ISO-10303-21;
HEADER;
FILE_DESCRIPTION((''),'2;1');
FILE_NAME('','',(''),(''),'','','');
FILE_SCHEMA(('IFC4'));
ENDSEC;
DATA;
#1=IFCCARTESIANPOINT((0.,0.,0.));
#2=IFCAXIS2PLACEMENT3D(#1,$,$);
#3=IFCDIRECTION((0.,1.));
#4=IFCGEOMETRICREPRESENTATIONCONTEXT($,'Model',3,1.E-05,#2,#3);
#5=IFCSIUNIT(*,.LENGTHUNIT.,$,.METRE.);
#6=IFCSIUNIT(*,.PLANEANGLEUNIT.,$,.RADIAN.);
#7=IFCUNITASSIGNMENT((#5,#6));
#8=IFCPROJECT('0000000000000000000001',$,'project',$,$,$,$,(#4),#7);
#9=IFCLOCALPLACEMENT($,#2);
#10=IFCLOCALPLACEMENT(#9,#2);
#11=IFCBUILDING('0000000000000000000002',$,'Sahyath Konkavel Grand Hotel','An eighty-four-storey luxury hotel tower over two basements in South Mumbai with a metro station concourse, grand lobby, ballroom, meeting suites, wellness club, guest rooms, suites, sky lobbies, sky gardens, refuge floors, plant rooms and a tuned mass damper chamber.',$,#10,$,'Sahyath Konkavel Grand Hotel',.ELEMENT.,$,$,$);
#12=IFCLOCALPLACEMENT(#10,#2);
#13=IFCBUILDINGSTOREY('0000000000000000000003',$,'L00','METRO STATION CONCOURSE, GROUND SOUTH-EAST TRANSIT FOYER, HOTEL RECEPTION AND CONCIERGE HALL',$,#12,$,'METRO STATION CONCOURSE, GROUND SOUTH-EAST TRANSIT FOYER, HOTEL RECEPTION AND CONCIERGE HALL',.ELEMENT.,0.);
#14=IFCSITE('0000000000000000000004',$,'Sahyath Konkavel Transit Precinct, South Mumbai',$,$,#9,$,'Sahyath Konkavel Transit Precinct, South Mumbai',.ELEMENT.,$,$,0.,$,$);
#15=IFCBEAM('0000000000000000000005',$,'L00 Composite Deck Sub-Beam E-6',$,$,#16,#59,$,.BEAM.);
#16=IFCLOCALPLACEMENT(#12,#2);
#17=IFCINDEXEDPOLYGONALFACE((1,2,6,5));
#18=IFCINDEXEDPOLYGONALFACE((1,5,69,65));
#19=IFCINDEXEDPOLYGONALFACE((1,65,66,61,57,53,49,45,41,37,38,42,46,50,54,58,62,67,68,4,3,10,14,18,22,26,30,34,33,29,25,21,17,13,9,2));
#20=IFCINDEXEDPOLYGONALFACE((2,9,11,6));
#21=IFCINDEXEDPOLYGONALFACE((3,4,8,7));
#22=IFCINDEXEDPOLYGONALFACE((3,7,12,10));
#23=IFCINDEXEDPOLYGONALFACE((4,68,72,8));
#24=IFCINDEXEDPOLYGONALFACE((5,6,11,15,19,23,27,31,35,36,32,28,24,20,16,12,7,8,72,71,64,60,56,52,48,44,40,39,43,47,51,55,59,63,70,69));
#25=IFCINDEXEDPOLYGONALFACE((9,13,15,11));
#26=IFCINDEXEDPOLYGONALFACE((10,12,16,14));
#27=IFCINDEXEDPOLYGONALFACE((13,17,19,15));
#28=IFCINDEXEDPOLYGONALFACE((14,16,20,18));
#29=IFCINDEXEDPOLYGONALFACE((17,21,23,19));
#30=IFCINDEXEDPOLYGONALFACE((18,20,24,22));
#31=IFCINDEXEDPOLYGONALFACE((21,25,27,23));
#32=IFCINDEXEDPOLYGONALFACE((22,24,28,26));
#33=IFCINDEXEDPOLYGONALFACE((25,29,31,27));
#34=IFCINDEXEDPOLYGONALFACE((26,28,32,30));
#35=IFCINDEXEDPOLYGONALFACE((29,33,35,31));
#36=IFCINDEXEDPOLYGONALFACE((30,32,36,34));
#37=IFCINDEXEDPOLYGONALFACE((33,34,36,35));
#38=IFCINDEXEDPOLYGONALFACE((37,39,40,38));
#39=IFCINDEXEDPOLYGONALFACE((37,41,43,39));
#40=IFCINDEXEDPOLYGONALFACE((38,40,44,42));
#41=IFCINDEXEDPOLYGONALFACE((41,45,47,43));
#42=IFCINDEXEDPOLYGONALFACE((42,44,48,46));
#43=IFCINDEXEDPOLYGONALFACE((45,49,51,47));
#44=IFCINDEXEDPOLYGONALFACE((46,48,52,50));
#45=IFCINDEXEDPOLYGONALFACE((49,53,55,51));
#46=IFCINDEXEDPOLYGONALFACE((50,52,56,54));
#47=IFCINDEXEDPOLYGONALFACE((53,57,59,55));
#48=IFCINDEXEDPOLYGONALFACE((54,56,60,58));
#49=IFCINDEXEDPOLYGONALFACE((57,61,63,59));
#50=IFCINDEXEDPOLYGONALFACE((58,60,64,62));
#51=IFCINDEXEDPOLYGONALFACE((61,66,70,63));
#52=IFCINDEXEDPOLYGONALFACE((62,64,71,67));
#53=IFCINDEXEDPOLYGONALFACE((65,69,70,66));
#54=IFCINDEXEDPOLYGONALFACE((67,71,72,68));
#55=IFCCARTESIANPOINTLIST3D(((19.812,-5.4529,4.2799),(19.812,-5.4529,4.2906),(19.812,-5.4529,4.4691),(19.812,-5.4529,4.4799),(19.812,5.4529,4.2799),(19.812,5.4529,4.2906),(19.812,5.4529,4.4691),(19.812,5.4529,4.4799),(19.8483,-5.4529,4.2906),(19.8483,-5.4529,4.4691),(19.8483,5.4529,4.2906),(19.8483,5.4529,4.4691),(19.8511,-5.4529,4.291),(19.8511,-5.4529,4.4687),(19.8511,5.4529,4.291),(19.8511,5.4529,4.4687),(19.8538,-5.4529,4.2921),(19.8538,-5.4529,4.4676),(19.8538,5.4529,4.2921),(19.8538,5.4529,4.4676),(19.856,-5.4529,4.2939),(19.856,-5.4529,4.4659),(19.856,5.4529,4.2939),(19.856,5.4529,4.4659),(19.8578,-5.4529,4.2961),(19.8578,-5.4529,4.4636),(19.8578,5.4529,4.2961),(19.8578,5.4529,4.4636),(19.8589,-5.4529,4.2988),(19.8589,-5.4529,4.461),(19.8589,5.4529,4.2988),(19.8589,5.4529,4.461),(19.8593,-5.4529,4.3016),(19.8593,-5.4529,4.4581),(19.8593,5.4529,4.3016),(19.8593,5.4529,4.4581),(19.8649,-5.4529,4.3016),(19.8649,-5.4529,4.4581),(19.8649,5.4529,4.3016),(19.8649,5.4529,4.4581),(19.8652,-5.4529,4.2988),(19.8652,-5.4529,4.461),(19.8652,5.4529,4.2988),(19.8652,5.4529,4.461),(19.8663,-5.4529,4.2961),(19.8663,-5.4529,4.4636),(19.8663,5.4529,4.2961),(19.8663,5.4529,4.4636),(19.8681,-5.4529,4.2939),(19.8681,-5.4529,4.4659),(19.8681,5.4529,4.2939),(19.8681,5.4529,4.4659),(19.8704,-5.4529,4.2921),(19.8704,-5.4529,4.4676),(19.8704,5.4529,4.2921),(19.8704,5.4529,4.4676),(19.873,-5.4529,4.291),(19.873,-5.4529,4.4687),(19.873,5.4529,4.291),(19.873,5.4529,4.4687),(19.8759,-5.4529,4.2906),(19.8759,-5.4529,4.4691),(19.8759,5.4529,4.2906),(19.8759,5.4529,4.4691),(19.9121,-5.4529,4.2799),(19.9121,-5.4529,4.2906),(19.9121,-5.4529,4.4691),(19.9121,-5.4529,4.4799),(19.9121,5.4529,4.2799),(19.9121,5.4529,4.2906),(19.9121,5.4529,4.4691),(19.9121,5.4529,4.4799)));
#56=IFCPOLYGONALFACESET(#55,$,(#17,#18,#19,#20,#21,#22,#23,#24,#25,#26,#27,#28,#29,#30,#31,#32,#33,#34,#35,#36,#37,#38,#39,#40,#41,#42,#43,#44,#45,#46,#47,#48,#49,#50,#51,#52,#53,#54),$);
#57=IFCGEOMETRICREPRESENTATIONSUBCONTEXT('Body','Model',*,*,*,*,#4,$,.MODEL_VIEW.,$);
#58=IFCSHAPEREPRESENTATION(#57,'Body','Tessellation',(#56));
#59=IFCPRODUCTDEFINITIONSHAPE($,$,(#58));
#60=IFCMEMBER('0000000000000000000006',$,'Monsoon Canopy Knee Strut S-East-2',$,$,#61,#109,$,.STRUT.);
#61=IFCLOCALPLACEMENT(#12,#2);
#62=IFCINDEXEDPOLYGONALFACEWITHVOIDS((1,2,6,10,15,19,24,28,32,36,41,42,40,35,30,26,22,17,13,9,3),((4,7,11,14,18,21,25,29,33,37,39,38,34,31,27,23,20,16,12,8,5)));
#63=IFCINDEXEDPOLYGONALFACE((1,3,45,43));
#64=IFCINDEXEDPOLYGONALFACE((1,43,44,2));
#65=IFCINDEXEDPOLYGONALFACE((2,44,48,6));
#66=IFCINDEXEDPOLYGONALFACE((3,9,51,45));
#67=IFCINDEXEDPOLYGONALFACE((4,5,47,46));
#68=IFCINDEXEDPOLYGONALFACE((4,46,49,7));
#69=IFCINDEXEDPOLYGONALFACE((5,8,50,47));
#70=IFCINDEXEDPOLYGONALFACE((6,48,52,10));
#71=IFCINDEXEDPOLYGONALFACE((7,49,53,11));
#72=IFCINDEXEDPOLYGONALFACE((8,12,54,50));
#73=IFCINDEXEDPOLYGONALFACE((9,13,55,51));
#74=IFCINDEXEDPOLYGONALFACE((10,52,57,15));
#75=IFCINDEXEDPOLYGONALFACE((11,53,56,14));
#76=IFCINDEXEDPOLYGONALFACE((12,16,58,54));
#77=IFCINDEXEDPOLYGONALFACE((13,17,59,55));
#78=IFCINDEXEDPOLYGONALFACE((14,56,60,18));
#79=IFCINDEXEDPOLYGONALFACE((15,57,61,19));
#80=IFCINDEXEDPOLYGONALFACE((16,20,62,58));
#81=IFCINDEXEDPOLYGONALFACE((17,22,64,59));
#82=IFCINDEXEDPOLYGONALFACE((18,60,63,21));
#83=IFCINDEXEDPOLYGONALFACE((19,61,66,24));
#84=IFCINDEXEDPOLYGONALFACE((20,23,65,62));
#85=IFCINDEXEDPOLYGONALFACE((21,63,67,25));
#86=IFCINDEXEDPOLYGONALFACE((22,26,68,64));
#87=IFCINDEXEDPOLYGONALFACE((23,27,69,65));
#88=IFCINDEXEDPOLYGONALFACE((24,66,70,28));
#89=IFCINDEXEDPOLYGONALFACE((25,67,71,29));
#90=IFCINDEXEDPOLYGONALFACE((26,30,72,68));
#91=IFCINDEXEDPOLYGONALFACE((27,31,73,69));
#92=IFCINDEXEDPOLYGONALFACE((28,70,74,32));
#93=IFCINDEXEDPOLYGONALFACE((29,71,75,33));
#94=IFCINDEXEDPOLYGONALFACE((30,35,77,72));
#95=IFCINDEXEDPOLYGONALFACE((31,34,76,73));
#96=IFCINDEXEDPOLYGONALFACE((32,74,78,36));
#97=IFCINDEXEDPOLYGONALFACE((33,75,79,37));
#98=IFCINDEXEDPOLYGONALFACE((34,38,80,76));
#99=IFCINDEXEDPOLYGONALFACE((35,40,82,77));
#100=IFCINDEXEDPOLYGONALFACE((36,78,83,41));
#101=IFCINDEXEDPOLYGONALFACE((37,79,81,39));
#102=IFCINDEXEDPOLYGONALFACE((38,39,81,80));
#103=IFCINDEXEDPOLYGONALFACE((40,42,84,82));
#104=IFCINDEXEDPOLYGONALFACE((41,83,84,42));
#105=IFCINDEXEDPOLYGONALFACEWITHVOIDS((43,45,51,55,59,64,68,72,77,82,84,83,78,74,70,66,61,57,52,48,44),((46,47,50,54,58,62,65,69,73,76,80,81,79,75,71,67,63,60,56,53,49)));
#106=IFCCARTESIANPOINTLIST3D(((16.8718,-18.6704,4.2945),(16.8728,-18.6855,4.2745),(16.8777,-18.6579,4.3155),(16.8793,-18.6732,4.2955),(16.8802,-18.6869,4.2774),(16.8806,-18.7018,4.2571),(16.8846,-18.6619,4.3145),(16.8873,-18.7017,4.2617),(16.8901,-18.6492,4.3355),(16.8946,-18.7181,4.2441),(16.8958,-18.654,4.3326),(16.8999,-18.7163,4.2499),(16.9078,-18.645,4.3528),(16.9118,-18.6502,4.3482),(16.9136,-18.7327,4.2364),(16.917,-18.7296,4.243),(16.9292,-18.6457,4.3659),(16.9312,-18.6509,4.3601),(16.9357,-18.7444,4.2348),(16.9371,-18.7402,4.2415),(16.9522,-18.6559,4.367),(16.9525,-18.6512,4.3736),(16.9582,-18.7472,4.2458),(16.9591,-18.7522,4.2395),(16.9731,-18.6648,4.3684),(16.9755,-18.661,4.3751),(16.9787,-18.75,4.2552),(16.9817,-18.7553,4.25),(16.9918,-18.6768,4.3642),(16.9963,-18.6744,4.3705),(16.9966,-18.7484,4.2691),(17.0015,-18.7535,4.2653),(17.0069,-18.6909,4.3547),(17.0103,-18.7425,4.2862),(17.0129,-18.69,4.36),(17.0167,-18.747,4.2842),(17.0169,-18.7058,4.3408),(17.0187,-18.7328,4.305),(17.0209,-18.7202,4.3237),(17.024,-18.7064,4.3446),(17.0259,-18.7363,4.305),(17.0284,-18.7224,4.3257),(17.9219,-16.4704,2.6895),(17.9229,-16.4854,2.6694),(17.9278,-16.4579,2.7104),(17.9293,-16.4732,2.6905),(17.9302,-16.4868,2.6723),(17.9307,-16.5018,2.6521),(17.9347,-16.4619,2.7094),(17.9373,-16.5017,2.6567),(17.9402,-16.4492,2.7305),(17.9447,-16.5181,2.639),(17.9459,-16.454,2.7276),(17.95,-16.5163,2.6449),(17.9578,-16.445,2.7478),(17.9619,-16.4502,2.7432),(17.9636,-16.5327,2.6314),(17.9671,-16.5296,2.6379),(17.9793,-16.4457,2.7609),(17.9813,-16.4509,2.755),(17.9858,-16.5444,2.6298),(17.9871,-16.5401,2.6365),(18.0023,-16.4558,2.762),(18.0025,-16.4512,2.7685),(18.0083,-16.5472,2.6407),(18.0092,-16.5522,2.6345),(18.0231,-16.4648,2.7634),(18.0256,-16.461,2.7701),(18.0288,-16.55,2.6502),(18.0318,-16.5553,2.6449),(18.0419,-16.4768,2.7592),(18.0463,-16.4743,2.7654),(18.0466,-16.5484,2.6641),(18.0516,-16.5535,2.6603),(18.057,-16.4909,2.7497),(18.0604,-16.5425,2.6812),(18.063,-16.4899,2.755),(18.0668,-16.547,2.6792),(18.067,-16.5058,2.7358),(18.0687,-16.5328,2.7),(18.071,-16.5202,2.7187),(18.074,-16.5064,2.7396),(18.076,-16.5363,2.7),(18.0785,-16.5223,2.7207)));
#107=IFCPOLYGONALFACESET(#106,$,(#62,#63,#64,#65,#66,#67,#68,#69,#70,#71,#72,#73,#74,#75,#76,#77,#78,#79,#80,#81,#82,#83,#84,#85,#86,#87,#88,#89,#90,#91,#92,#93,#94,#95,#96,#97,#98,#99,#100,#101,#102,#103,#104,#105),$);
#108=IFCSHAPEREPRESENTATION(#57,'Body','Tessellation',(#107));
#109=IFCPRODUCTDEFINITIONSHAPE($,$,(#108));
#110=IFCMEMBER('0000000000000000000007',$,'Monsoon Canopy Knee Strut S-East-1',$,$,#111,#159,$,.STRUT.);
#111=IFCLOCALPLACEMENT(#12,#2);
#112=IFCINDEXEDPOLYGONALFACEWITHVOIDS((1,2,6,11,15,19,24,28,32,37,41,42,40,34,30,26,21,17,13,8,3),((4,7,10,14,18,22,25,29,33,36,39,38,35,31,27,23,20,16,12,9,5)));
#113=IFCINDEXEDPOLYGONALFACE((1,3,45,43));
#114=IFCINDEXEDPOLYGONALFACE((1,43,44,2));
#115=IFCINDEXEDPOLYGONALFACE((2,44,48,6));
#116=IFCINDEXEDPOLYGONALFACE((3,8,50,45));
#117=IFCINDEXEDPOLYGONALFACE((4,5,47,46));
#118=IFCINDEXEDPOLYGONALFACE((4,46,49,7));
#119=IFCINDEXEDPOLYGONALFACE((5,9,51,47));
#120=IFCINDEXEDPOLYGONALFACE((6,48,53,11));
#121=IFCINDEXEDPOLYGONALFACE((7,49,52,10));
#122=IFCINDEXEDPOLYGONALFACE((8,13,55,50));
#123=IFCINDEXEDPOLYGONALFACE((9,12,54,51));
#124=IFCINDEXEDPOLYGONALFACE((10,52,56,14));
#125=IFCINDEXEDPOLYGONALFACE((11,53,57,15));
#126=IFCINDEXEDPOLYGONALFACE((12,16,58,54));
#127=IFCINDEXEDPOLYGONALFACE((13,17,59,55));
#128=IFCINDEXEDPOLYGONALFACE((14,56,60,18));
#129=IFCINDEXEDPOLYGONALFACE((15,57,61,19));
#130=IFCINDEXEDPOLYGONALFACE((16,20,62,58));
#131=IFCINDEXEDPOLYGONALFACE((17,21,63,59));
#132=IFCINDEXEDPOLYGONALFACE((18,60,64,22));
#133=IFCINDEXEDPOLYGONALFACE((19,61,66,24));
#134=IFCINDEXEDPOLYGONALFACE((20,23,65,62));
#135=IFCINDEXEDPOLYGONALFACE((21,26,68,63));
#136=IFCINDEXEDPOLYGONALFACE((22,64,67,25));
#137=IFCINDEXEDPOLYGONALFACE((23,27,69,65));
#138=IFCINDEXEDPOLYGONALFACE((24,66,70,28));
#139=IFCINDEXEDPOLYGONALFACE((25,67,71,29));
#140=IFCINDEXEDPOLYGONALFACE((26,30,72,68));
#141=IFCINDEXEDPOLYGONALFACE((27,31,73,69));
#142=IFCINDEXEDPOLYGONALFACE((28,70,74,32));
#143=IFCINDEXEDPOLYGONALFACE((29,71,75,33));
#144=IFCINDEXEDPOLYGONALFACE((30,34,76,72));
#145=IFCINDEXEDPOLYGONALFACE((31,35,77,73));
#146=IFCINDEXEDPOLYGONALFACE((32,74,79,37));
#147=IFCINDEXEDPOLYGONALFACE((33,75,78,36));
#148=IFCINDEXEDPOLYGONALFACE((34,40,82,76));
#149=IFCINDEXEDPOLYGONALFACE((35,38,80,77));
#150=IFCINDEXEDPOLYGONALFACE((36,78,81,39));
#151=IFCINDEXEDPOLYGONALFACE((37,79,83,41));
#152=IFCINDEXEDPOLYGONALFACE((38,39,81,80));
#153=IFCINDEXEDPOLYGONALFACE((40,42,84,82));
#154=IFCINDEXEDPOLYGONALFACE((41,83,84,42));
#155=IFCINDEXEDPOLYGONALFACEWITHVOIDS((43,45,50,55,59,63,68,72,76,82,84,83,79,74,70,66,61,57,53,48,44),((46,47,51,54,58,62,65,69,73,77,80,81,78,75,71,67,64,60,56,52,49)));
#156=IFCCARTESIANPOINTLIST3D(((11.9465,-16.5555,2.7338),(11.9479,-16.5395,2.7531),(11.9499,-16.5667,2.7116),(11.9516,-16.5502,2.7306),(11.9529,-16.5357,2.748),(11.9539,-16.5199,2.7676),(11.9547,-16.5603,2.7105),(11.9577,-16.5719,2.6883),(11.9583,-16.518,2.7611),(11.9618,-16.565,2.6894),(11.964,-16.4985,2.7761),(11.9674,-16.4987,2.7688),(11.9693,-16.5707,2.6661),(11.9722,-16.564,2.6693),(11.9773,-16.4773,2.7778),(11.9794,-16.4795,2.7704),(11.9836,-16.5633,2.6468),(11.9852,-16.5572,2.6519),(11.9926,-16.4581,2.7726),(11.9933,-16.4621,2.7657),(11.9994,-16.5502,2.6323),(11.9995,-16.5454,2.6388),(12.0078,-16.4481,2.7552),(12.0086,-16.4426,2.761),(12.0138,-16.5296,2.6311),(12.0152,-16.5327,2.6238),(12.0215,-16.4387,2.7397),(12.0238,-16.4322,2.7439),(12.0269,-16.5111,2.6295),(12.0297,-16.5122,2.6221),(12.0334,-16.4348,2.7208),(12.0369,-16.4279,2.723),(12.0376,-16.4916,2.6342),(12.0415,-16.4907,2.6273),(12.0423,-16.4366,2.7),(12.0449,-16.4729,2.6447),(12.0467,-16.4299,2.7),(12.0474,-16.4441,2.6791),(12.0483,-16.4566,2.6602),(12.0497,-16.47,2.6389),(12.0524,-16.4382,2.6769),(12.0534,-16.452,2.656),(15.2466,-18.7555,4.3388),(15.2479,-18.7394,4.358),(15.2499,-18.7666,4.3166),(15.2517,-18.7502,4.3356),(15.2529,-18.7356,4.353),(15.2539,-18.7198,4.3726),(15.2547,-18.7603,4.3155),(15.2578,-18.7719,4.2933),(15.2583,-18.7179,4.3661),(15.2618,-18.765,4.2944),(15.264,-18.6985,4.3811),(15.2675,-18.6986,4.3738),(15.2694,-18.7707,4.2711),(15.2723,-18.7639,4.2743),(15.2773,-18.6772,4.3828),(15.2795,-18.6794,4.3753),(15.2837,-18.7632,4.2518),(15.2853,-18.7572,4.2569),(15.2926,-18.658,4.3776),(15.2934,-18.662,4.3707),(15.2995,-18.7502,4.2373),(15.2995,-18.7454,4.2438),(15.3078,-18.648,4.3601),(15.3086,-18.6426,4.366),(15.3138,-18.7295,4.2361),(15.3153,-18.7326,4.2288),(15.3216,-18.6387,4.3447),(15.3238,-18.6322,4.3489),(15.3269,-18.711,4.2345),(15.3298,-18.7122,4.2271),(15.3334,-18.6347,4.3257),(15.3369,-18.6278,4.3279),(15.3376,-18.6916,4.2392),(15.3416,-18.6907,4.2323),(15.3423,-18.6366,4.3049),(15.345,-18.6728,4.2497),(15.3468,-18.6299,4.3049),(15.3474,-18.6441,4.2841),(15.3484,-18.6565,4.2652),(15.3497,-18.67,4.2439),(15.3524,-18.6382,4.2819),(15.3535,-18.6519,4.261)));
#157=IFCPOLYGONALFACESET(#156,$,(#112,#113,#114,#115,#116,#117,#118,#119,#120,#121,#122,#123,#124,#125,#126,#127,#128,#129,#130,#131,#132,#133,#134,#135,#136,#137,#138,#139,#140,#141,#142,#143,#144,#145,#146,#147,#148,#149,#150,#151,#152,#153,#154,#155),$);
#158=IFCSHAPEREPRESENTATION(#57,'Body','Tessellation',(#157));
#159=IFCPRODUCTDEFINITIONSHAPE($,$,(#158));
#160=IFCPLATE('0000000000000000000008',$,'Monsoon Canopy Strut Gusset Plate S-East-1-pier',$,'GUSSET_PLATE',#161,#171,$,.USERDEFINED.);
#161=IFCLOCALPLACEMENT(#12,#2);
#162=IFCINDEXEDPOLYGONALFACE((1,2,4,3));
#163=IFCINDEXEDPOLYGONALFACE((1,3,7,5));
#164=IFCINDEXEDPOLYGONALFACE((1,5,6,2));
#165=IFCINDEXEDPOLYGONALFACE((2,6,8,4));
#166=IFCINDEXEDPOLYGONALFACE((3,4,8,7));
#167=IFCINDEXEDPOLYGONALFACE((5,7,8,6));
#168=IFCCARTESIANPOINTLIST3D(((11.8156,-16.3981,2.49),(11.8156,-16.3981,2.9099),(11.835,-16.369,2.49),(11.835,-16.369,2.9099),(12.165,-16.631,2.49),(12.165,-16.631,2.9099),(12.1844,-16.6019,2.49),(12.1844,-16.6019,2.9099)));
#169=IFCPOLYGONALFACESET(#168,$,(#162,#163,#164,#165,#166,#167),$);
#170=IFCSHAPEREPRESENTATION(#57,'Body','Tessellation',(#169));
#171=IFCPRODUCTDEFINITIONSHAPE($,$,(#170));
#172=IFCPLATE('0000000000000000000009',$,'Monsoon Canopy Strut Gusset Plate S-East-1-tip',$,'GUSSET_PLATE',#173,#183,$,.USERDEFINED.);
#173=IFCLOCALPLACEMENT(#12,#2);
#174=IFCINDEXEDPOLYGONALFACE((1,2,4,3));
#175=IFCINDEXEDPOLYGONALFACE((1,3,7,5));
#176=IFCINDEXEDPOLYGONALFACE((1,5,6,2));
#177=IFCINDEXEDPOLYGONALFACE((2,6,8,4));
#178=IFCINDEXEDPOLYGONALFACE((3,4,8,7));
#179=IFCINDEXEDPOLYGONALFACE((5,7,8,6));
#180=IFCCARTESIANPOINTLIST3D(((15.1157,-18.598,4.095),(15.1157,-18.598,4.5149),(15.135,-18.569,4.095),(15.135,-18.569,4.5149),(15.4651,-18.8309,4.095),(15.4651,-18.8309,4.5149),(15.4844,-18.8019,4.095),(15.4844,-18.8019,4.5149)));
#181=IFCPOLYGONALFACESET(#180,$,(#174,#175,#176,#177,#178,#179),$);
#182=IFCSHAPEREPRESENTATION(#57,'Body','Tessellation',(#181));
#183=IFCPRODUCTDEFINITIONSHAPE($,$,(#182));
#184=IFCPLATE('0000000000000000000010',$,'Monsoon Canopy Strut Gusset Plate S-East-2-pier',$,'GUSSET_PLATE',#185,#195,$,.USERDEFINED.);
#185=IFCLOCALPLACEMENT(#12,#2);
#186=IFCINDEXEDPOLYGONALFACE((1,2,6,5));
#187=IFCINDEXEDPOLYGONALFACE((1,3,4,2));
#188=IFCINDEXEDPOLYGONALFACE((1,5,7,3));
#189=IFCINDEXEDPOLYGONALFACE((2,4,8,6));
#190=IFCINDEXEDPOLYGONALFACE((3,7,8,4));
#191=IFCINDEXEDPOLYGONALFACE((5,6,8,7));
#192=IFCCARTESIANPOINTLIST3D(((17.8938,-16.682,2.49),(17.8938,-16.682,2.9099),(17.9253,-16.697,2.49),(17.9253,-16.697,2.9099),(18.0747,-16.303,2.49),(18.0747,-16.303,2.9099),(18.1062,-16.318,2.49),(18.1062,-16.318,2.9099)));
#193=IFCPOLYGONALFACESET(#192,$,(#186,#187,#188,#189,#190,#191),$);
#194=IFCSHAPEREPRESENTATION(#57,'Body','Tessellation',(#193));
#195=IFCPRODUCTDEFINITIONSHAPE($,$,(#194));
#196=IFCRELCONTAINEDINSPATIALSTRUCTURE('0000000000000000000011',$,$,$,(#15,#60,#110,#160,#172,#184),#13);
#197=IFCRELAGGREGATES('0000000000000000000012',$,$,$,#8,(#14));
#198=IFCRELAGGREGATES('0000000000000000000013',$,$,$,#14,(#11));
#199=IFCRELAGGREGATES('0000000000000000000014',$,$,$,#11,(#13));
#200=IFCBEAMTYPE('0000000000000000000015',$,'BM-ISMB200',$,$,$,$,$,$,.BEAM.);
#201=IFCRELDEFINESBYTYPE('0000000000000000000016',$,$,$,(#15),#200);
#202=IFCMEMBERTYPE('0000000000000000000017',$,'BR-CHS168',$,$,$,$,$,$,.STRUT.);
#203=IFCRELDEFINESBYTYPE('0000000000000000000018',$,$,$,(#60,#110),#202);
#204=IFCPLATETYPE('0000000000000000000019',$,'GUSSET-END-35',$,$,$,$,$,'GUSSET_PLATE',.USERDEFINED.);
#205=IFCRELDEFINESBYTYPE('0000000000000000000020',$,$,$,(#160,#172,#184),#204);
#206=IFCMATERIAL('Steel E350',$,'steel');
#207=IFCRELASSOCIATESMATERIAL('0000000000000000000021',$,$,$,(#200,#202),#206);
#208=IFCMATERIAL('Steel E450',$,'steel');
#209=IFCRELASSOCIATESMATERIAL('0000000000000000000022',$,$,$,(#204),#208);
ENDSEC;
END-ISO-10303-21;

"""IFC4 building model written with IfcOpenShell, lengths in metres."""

from ifc_helpers import new_model, si_unit, direction, frame, origin, origin_2d, place, context, subcontext, project, spatial, rectangle, hollow_circle, i_section, extrude, source, transform, mapped, material, material_profile, profile_set, type_object, element, save


model = new_model("IFC4")

# Units and contexts
model_context = context("Model", 3, precision=1e-05, world=origin(), true_north=direction((0.0, 1.0)))
body_context = subcontext(model_context, "Body", "Model", "MODEL_VIEW")
ifc_project = project(units=[si_unit("LENGTHUNIT", "METRE"), si_unit("PLANEANGLEUNIT", "RADIAN")], contexts=[model_context])

# Site, building, storey
site_placement = place(None, origin())
site = spatial("IfcSite", under=ifc_project, at=site_placement, Name="Sahyath Konkavel Transit Precinct, South Mumbai", LongName="Sahyath Konkavel Transit Precinct, South Mumbai", CompositionType="ELEMENT", RefElevation=0.0)
building_placement = place(site_placement, origin())
building = spatial("IfcBuilding", under=site, at=building_placement, Name="Sahyath Konkavel Grand Hotel", Description="An eighty-four-storey luxury hotel tower over two basements in South Mumbai with a metro station concourse, grand lobby, ballroom, meeting suites, wellness club, guest rooms, suites, sky lobbies, sky gardens, refuge floors, plant rooms and a tuned mass damper chamber.", LongName="Sahyath Konkavel Grand Hotel", CompositionType="ELEMENT")
storey_placement = place(building_placement, origin())
storey = spatial("IfcBuildingStorey", under=building, at=storey_placement, Name="L00", Description="METRO STATION CONCOURSE, GROUND SOUTH-EAST TRANSIT FOYER, HOTEL RECEPTION AND CONCIERGE HALL", LongName="METRO STATION CONCOURSE, GROUND SOUTH-EAST TRANSIT FOYER, HOTEL RECEPTION AND CONCIERGE HALL", CompositionType="ELEMENT", Elevation=0.0)

# Shared definitions
ifc_material_1 = material(Name="Steel E350", Category="steel")

# Beam
ifc_material_profile_1 = material_profile(ifc_material_1, i_section(OverallWidth=0.1001, OverallDepth=0.2, WebThickness=0.0056, FlangeThickness=0.0107, FilletRadius=0.011, at=origin_2d()), Name="ISMB 200")
ifc_profile_set_1 = profile_set([ifc_material_profile_1], Name="Steel E350")
beam_type_1 = type_object("IfcBeamType", Name="BM-ISMB200", PredefinedType="BEAM", material=ifc_profile_set_1)
shared_shape_1 = source(origin(), body_context, "Body", "SweptSolid", [
    extrude(i_section(OverallWidth=0.1001, OverallDepth=0.2, WebThickness=0.0056, FlangeThickness=0.0107, FilletRadius=0.011, at=origin_2d()), origin(), (0.0, 0.0, 1.0), 10.9058),
])
beam_1_placement = place(storey_placement, frame((19.8621, -5.4529, 4.3799), z_axis=(0.0, 1.0, 0.0), x_axis=(-1.0, 0.0, 0.0)))
element("IfcBeam", 1, at=beam_1_placement, inside=storey, type_object=beam_type_1, Name="L00 Composite Deck Sub-Beam E-6", PredefinedType="BEAM", context=body_context, shape_type="MappedRepresentation", body=[
    mapped(shared_shape_1, transform((0.0, 0.0, 0.0), scale=1.0)),
])

# Members
ifc_material_profile_2 = material_profile(ifc_material_1, hollow_circle(Radius=0.0842, WallThickness=0.0081, at=origin_2d()), Name="CHS 168.3x8")
ifc_profile_set_2 = profile_set([ifc_material_profile_2], Name="Steel E350")
member_type = type_object("IfcMemberType", Name="BR-CHS168", PredefinedType="STRUT", material=ifc_profile_set_2)
shared_shape_2 = source(origin(), body_context, "Body", "SweptSolid", [
    extrude(hollow_circle(Radius=0.0842, WallThickness=0.0081, at=origin_2d()), origin(), (0.0, 0.0, 1.0), 2.9187),
])
member_1_placement = place(storey_placement, frame((18.0, -16.5, 2.7), z_axis=(-0.359776, -0.753764, 0.54991), x_axis=(0.90247, -0.430754, 0.0)))
element("IfcMember", 2, at=member_1_placement, inside=storey, type_object=member_type, Name="Monsoon Canopy Knee Strut S-East-2", PredefinedType="STRUT", context=body_context, shape_type="MappedRepresentation", body=[
    mapped(shared_shape_2, transform((0.0, 0.0, 0.0), scale=1.0)),
])
shared_shape_3 = source(origin(), body_context, "Body", "SweptSolid", [
    extrude(hollow_circle(Radius=0.0842, WallThickness=0.0081, at=origin_2d()), origin(), (0.0, 0.0, 1.0), 4.2786),
])
member_2_placement = place(storey_placement, frame((12.0, -16.5, 2.7), z_axis=(0.771299, -0.51418, 0.375122), x_axis=(0.554686, 0.83206, 0.0)))
element("IfcMember", 3, at=member_2_placement, inside=storey, type_object=member_type, Name="Monsoon Canopy Knee Strut S-East-1", PredefinedType="STRUT", context=body_context, shape_type="MappedRepresentation", body=[
    mapped(shared_shape_3, transform((0.0, 0.0, 0.0), scale=1.0)),
])

# Plates
ifc_material_2 = material(Name="Steel E450", Category="steel")
plate_type = type_object("IfcPlateType", Name="GUSSET-END-35", ElementType="GUSSET_PLATE", PredefinedType="USERDEFINED", material=ifc_material_2)
shared_shape_4 = source(origin(), body_context, "Body", "SweptSolid", [
    extrude(rectangle(XDim=0.4199, YDim=0.0349, at=origin_2d()), origin(), (0.0, 0.0, 1.0), 0.4199),
])
for number, where, z_axis, x_axis, name in (
    (4, (12.0, -16.5, 2.49), (0.0, 0.0, 1.0), (0.832051, -0.554699, 0.0), "Monsoon Canopy Strut Gusset Plate S-East-1-pier"),
    (5, (15.3, -18.7, 4.095), (0.0, 0.0, 1.0), (0.832051, -0.554699, 0.0), "Monsoon Canopy Strut Gusset Plate S-East-1-tip"),
    (6, (18.0, -16.5, 2.49), (0.0, 0.0, 1.0), (-0.430732, -0.90248, 0.0), "Monsoon Canopy Strut Gusset Plate S-East-2-pier"),
):
    element("IfcPlate", number, at=place(storey_placement, frame(where, z_axis=z_axis, x_axis=x_axis)), inside=storey, type_object=plate_type, Name=name, ObjectType="GUSSET_PLATE", PredefinedType="USERDEFINED", context=body_context, shape_type="MappedRepresentation", body=[
        mapped(shared_shape_4, transform((0.0, 0.0, 0.0), scale=1.0)),
    ])

save(model, "model.ifc")
